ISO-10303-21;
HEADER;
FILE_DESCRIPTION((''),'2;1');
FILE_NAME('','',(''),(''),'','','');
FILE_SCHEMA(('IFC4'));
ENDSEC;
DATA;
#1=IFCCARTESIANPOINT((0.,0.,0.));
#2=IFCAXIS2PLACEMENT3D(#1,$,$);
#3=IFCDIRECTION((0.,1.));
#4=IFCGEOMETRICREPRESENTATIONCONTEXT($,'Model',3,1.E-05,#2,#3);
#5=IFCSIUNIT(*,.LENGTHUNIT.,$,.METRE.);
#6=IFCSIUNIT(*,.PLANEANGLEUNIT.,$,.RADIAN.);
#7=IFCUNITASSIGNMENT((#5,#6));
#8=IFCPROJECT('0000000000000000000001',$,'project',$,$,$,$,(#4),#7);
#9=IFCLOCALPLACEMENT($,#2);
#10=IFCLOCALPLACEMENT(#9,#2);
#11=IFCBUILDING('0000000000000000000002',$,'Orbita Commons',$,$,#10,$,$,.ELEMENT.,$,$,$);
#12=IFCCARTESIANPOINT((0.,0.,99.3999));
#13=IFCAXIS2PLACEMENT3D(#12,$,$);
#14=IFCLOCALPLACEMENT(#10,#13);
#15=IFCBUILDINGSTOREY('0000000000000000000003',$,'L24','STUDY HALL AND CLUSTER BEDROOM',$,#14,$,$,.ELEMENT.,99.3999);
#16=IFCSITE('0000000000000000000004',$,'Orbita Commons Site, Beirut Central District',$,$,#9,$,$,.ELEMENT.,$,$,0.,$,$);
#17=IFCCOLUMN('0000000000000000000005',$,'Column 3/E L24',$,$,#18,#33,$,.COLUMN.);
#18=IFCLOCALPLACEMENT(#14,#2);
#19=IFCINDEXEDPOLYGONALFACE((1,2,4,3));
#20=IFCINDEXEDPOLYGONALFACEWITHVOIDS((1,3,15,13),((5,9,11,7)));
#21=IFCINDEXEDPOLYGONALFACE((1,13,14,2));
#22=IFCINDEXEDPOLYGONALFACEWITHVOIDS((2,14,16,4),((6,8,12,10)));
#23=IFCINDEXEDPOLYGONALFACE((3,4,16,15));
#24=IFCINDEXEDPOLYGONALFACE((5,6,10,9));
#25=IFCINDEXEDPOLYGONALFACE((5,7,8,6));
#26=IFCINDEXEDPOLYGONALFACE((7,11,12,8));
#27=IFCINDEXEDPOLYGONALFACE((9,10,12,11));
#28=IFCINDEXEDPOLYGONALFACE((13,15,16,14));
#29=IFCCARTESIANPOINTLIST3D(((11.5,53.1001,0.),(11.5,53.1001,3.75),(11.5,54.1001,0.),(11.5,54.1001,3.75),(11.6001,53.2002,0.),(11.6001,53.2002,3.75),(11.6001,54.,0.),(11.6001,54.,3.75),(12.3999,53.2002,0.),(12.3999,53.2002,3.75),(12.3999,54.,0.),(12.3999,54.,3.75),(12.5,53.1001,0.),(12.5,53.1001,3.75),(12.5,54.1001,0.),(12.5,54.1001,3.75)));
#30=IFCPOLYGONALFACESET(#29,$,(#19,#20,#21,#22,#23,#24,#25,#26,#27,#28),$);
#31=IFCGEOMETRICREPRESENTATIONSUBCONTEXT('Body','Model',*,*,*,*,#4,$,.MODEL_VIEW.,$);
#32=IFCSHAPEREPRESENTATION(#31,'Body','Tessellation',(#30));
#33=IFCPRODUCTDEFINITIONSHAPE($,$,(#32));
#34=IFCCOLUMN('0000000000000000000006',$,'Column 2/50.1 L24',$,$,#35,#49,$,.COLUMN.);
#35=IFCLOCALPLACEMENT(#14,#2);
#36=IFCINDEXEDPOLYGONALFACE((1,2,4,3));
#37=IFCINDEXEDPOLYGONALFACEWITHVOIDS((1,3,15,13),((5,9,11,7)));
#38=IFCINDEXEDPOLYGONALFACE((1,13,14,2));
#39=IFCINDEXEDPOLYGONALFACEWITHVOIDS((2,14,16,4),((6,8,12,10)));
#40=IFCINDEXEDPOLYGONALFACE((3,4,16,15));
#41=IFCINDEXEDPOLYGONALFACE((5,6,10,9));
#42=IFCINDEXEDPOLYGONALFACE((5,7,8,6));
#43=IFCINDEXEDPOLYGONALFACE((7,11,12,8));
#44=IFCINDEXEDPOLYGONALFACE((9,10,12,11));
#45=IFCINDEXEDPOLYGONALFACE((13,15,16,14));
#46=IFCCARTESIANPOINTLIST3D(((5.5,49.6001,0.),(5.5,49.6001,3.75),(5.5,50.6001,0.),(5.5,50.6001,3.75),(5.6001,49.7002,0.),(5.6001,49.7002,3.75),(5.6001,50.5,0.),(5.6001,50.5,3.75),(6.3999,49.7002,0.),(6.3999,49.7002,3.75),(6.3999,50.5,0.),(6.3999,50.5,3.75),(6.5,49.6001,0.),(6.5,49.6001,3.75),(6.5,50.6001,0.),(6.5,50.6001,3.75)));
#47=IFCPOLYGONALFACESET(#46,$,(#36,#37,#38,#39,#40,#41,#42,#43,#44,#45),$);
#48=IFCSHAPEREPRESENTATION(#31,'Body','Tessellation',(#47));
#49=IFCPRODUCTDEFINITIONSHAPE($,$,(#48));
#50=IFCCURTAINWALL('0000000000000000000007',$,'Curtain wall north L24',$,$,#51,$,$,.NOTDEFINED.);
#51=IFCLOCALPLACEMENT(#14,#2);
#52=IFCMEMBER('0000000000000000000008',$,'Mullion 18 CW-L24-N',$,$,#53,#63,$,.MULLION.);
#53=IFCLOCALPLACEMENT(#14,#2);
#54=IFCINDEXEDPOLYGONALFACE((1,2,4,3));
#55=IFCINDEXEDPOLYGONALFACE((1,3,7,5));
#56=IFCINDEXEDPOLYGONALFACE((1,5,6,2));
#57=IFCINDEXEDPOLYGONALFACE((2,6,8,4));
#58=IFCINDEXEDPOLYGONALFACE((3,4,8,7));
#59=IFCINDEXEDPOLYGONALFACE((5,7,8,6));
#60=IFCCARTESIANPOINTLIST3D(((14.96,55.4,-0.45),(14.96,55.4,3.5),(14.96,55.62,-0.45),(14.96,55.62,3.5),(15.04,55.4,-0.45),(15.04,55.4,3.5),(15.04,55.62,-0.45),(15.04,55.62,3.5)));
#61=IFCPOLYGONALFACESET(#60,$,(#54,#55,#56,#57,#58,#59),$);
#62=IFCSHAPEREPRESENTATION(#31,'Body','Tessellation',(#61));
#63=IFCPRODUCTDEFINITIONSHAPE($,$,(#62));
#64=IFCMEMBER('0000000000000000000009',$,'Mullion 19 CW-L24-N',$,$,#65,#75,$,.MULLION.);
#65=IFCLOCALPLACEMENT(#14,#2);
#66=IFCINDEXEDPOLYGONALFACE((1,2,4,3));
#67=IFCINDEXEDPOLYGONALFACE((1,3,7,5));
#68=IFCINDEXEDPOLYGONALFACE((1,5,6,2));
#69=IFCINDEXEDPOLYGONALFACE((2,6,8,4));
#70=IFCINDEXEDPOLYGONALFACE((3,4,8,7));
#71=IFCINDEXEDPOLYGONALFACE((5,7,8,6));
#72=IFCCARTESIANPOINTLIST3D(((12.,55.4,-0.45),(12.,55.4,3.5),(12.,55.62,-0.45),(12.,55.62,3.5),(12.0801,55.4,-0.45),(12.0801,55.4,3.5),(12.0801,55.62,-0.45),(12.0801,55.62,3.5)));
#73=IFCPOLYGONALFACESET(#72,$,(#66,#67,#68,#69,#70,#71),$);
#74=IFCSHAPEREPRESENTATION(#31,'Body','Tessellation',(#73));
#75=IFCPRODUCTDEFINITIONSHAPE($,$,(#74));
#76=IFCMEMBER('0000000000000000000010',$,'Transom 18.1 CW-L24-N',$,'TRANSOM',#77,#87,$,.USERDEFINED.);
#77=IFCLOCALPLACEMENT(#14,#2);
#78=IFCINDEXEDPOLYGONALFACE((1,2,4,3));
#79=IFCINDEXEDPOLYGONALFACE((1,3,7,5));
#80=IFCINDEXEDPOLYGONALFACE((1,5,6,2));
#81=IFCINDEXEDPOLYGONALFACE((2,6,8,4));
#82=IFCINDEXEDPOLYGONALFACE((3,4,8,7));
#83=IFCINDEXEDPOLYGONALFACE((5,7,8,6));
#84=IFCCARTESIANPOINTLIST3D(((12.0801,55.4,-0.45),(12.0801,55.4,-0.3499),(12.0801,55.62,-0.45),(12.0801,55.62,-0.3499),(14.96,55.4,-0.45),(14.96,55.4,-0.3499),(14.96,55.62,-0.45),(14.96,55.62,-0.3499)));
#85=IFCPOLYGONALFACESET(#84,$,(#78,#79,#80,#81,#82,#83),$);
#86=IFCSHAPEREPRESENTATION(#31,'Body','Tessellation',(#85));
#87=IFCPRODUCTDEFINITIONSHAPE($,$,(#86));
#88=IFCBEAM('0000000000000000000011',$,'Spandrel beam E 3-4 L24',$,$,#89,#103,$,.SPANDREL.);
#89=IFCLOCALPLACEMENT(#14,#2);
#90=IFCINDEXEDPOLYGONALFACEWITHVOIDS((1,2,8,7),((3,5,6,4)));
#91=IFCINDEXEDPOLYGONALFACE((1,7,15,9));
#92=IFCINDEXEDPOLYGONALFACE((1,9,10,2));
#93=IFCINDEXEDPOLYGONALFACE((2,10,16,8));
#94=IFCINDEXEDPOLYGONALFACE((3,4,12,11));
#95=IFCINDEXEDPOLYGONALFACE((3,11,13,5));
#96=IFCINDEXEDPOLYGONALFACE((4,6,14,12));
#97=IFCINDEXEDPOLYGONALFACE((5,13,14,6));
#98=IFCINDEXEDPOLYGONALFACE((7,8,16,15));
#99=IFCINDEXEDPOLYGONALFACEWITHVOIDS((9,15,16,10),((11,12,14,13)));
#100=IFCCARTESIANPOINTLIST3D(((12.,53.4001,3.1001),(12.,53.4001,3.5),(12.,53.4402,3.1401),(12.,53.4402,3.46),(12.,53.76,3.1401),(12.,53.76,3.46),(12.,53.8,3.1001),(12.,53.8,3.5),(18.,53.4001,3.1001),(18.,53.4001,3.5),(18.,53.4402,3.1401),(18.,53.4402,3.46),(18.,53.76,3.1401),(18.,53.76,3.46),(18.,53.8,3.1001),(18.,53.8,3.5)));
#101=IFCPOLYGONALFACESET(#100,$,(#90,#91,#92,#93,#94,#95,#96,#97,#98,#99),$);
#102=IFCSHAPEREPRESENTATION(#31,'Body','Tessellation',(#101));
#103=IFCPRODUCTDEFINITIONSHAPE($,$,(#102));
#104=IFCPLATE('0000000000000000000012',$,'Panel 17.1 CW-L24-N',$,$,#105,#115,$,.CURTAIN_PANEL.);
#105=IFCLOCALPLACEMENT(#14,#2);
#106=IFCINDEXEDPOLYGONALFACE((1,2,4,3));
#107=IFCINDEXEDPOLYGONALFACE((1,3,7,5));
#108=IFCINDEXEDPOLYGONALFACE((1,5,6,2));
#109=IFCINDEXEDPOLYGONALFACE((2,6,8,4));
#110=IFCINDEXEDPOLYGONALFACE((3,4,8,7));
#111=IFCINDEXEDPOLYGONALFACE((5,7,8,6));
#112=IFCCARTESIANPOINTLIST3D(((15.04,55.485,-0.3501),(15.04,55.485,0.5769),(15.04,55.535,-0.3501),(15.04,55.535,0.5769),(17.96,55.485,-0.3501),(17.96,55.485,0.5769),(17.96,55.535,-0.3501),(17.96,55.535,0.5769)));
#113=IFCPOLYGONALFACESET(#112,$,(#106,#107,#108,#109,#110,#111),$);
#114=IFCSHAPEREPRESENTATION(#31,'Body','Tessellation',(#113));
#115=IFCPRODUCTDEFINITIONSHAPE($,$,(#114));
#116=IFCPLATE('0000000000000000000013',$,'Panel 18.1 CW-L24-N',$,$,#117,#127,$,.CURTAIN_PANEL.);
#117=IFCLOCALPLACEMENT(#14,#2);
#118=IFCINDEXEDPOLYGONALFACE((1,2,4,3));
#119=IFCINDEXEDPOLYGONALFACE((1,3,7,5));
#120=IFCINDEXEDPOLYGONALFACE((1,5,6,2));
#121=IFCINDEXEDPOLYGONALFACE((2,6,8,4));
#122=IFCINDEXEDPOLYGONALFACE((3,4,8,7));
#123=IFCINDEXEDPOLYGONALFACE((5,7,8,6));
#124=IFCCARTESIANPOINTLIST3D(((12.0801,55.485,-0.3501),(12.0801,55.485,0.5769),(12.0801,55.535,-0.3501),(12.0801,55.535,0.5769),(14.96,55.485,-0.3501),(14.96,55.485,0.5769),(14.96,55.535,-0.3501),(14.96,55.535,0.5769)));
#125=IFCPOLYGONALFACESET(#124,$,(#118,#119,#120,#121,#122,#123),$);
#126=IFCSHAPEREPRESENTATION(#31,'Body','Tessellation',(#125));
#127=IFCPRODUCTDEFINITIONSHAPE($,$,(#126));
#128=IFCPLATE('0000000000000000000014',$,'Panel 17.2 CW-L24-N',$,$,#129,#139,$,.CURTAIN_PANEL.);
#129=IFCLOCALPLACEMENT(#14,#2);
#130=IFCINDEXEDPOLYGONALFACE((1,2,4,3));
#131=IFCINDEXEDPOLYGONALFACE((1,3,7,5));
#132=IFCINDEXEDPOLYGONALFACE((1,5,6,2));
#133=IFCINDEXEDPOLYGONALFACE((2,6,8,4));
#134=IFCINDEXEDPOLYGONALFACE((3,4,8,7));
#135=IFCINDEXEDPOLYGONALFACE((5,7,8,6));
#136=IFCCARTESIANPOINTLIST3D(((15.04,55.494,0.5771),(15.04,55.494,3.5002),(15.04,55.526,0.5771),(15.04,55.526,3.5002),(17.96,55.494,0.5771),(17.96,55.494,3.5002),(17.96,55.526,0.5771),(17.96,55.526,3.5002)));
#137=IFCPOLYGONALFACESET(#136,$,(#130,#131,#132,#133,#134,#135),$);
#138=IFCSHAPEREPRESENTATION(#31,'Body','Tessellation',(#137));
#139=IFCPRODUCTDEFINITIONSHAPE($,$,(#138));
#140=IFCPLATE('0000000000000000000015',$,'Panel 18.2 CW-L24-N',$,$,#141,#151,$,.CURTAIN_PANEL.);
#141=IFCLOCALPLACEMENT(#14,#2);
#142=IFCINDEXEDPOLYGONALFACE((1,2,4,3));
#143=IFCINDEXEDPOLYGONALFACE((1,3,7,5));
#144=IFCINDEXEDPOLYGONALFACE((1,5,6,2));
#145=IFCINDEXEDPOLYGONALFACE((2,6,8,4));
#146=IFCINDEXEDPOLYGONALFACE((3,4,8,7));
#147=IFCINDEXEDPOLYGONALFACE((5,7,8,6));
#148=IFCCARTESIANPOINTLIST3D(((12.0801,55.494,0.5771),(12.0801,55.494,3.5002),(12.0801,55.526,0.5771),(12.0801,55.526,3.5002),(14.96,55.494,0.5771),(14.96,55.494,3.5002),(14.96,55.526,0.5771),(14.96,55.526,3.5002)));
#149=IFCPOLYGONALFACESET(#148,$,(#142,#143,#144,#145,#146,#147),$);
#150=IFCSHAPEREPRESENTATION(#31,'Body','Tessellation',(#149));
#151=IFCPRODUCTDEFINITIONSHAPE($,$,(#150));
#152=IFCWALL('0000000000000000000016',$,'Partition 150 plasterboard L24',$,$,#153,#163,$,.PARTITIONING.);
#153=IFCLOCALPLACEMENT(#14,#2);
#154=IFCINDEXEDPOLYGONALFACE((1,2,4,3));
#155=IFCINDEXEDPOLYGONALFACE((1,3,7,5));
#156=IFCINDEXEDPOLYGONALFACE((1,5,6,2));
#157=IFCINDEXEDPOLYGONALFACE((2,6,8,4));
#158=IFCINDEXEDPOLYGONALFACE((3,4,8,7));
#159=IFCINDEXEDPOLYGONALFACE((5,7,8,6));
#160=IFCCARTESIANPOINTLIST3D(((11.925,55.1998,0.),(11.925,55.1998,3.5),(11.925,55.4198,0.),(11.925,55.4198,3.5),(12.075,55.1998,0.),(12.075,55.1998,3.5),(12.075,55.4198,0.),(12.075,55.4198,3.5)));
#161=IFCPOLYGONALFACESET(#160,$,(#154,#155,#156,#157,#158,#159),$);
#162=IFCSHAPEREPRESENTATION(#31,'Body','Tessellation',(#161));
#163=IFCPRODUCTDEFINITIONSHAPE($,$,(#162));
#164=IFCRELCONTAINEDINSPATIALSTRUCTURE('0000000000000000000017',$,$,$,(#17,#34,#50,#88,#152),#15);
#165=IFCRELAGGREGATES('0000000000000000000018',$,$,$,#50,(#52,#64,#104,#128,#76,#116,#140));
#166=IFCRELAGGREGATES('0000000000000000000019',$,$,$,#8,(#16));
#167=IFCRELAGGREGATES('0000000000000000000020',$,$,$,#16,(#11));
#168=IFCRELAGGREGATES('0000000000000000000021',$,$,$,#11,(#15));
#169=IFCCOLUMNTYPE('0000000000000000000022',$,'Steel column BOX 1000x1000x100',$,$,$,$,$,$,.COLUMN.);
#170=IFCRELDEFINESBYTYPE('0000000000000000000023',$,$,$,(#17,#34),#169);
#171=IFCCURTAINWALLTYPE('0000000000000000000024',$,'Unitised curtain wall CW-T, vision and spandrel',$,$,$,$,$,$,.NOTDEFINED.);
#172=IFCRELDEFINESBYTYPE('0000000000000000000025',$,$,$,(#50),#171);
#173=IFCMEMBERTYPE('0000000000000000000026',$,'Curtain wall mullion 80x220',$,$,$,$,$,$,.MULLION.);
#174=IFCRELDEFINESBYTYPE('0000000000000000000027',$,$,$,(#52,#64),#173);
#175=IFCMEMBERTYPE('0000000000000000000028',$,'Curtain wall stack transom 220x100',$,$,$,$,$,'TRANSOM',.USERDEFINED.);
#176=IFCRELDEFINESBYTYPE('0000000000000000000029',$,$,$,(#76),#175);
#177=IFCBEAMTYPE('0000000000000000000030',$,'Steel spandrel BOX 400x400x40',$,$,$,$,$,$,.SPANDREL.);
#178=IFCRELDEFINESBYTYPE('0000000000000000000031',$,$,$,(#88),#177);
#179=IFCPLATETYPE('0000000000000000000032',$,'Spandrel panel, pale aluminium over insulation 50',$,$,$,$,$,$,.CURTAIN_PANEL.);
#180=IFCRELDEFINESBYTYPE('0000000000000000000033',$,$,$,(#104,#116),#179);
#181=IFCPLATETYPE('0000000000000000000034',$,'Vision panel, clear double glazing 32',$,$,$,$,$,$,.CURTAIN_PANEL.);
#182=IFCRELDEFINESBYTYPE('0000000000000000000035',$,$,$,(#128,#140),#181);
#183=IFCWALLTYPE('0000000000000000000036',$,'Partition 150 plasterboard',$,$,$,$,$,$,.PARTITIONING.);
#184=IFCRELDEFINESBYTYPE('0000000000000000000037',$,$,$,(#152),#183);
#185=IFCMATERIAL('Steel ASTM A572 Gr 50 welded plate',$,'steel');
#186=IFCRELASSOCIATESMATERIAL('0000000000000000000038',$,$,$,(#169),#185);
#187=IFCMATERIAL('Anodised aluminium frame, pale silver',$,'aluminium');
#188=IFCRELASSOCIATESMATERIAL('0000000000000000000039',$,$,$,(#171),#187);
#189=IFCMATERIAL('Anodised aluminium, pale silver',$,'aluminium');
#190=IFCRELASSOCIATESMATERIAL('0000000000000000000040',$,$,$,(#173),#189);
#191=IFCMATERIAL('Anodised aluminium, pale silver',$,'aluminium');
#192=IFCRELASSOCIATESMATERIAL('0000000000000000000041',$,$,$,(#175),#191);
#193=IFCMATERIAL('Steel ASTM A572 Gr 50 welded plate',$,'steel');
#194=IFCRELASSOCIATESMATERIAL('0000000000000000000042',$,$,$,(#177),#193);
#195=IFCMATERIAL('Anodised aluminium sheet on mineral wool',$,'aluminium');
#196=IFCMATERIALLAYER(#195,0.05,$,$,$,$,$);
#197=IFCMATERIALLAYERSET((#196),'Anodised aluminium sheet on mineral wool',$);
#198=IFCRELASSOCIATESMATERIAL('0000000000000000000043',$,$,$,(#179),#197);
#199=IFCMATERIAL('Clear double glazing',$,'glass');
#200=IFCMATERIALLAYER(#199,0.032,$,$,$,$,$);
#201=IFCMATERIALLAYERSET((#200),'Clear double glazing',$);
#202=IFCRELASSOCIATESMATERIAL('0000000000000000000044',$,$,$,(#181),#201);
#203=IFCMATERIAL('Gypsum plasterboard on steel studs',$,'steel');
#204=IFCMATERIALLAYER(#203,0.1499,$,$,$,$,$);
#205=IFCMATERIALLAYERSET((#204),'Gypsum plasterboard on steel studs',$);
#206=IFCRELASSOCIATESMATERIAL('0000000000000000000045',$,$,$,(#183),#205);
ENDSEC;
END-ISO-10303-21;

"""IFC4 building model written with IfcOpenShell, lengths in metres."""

from ifc_helpers import new_model, si_unit, direction, frame, frame_2d, origin, origin_2d, place, context, subcontext, project, spatial, rectangle, hollow_rectangle, extrude, material, layer, layer_set, material_profile, profile_set, type_object, element, aggregate, save


model = new_model("IFC4")

# Units and contexts
model_context = context("Model", 3, precision=1e-05, world=origin(), true_north=direction((0.0, 1.0)))
body_context = subcontext(model_context, "Body", "Model", "MODEL_VIEW")
ifc_project = project(units=[si_unit("LENGTHUNIT", "METRE"), si_unit("PLANEANGLEUNIT", "RADIAN")], contexts=[model_context])

# Site, building, storey
site_placement = place(None, origin())
site = spatial("IfcSite", under=ifc_project, at=site_placement, Name="Orbita Commons Site, Beirut Central District", CompositionType="ELEMENT", RefElevation=0.0)
building_placement = place(site_placement, origin())
building = spatial("IfcBuilding", under=site, at=building_placement, Name="Orbita Commons", CompositionType="ELEMENT")
storey_placement = place(building_placement, frame((0.0, 0.0, 99.3999)))
storey = spatial("IfcBuildingStorey", under=building, at=storey_placement, Name="L24", Description="STUDY HALL AND CLUSTER BEDROOM", CompositionType="ELEMENT", Elevation=99.3999)

# Columns
ifc_material_1 = material(Name="Steel ASTM A572 Gr 50 welded plate", Category="steel")
ifc_material_profile_1 = material_profile(ifc_material_1, hollow_rectangle(XDim=1.0, YDim=1.0, WallThickness=0.1001, at=origin_2d()), Name="BOX 1000x1000x100")
ifc_profile_set_1 = profile_set([ifc_material_profile_1], Name="Steel ASTM A572 Gr 50 welded plate")
column_type = type_object("IfcColumnType", Name="Steel column BOX 1000x1000x100", PredefinedType="COLUMN", material=ifc_profile_set_1)
for number, where, z_axis, x_axis, name in (
    (1, (12.0, 53.6001, 0.0), (0.0, 0.0, 1.0), (1.0, 0.0, 0.0), "Column 3/E L24"),
    (2, (6.0, 50.1001, 0.0), (0.0, 0.0, 1.0), (1.0, 0.0, 0.0), "Column 2/50.1 L24"),
):
    element("IfcColumn", number, at=place(storey_placement, frame(where, z_axis=z_axis, x_axis=x_axis)), inside=storey, type_object=column_type, Name=name, PredefinedType="COLUMN", context=body_context, shape_type="SweptSolid", body=[
        extrude(hollow_rectangle(XDim=1.0, YDim=1.0, WallThickness=0.1001, at=origin_2d()), origin(), (0.0, 0.0, 1.0), 3.75),
    ])

# Curtain wall, members
ifc_material_2 = material(Name="Anodised aluminium frame, pale silver", Category="aluminium")
curtain_wall_type = type_object("IfcCurtainWallType", Name="Unitised curtain wall CW-T, vision and spandrel", PredefinedType="NOTDEFINED", material=ifc_material_2)
curtain_wall_placement = place(storey_placement, origin())
curtain_wall = element("IfcCurtainWall", 3, at=curtain_wall_placement, inside=storey, type_object=curtain_wall_type, Name="Curtain wall north L24", PredefinedType="NOTDEFINED")
ifc_material_3 = material(Name="Anodised aluminium, pale silver", Category="aluminium")
ifc_material_profile_2 = material_profile(ifc_material_3, rectangle(XDim=0.0801, YDim=0.22, at=origin_2d()), Name="AL 80x220")
ifc_profile_set_2 = profile_set([ifc_material_profile_2], Name="Anodised aluminium, pale silver")
member_type_1 = type_object("IfcMemberType", Name="Curtain wall mullion 80x220", PredefinedType="MULLION", material=ifc_profile_set_2)
member_1_placement = place(storey_placement, frame((15.0, 55.51, -0.45), z_axis=(0.0, 0.0, 1.0), x_axis=(-1.0, 0.0, 0.0)))
member_1 = element("IfcMember", 4, at=member_1_placement, type_object=member_type_1, Name="Mullion 18 CW-L24-N", PredefinedType="MULLION", context=body_context, shape_type="SweptSolid", body=[
    extrude(rectangle(XDim=0.0801, YDim=0.22, at=origin_2d()), origin(), (0.0, 0.0, 1.0), 3.95),
])
member_2_placement = place(storey_placement, frame((12.04, 55.51, -0.45), z_axis=(0.0, 0.0, 1.0), x_axis=(-1.0, 0.0, 0.0)))
member_2 = element("IfcMember", 5, at=member_2_placement, type_object=member_type_1, Name="Mullion 19 CW-L24-N", PredefinedType="MULLION", context=body_context, shape_type="SweptSolid", body=[
    extrude(rectangle(XDim=0.0801, YDim=0.22, at=origin_2d()), origin(), (0.0, 0.0, 1.0), 3.95),
])
ifc_material_4 = material(Name="Anodised aluminium, pale silver", Category="aluminium")
ifc_material_profile_3 = material_profile(ifc_material_4, rectangle(XDim=0.22, YDim=0.1001, at=origin_2d()), Name="AL 220x100")
ifc_profile_set_3 = profile_set([ifc_material_profile_3], Name="Anodised aluminium, pale silver")
member_type_2 = type_object("IfcMemberType", Name="Curtain wall stack transom 220x100", ElementType="TRANSOM", PredefinedType="USERDEFINED", material=ifc_profile_set_3)
member_3_placement = place(storey_placement, frame((14.96, 55.51, -0.3999), z_axis=(-1.0, 0.0, 0.0), x_axis=(0.0, -1.0, 0.0)))
member_3 = element("IfcMember", 6, at=member_3_placement, type_object=member_type_2, Name="Transom 18.1 CW-L24-N", ObjectType="TRANSOM", PredefinedType="USERDEFINED", context=body_context, shape_type="SweptSolid", body=[
    extrude(rectangle(XDim=0.22, YDim=0.1001, at=origin_2d()), origin(), (0.0, 0.0, 1.0), 2.8799),
])

# Beam
ifc_material_5 = material(Name="Steel ASTM A572 Gr 50 welded plate", Category="steel")
ifc_material_profile_4 = material_profile(ifc_material_5, hollow_rectangle(XDim=0.3999, YDim=0.3999, WallThickness=0.04, at=origin_2d()), Name="BOX 400x400x40")
ifc_profile_set_4 = profile_set([ifc_material_profile_4], Name="Steel ASTM A572 Gr 50 welded plate")
beam_type = type_object("IfcBeamType", Name="Steel spandrel BOX 400x400x40", PredefinedType="SPANDREL", material=ifc_profile_set_4)
beam_placement = place(storey_placement, frame((12.0, 53.6001, 3.3), z_axis=(1.0, 0.0, 0.0), x_axis=(0.0, 1.0, 0.0)))
element("IfcBeam", 7, at=beam_placement, inside=storey, type_object=beam_type, Name="Spandrel beam E 3-4 L24", PredefinedType="SPANDREL", context=body_context, shape_type="SweptSolid", body=[
    extrude(hollow_rectangle(XDim=0.3999, YDim=0.3999, WallThickness=0.04, at=origin_2d()), origin(), (0.0, 0.0, 1.0), 6.0),
])

# Plates
ifc_material_6 = material(Name="Anodised aluminium sheet on mineral wool", Category="aluminium")
ifc_layer_1 = layer(ifc_material_6, 0.05)
ifc_layer_set_1 = layer_set([ifc_layer_1], Name="Anodised aluminium sheet on mineral wool")
plate_type_1 = type_object("IfcPlateType", Name="Spandrel panel, pale aluminium over insulation 50", PredefinedType="CURTAIN_PANEL", material=ifc_layer_set_1)
plate_1_placement = place(storey_placement, frame((16.5, 55.51, -0.3501), z_axis=(0.0, 0.0, 1.0), x_axis=(-1.0, 0.0, 0.0)))
plate_1 = element("IfcPlate", 8, at=plate_1_placement, type_object=plate_type_1, Name="Panel 17.1 CW-L24-N", PredefinedType="CURTAIN_PANEL", context=body_context, shape_type="SweptSolid", body=[
    extrude(rectangle(XDim=2.9199, YDim=0.05, at=origin_2d()), origin(), (0.0, 0.0, 1.0), 0.927),
])
plate_2_placement = place(storey_placement, frame((13.52, 55.51, -0.3501), z_axis=(0.0, 0.0, 1.0), x_axis=(-1.0, 0.0, 0.0)))
plate_2 = element("IfcPlate", 9, at=plate_2_placement, type_object=plate_type_1, Name="Panel 18.1 CW-L24-N", PredefinedType="CURTAIN_PANEL", context=body_context, shape_type="SweptSolid", body=[
    extrude(rectangle(XDim=2.8799, YDim=0.05, at=origin_2d()), origin(), (0.0, 0.0, 1.0), 0.927),
])
ifc_material_7 = material(Name="Clear double glazing", Category="glass")
ifc_layer_2 = layer(ifc_material_7, 0.032)
ifc_layer_set_2 = layer_set([ifc_layer_2], Name="Clear double glazing")
plate_type_2 = type_object("IfcPlateType", Name="Vision panel, clear double glazing 32", PredefinedType="CURTAIN_PANEL", material=ifc_layer_set_2)
plate_3_placement = place(storey_placement, frame((16.5, 55.51, 0.5771), z_axis=(0.0, 0.0, 1.0), x_axis=(-1.0, 0.0, 0.0)))
plate_3 = element("IfcPlate", 10, at=plate_3_placement, type_object=plate_type_2, Name="Panel 17.2 CW-L24-N", PredefinedType="CURTAIN_PANEL", context=body_context, shape_type="SweptSolid", body=[
    extrude(rectangle(XDim=2.9199, YDim=0.032, at=origin_2d()), origin(), (0.0, 0.0, 1.0), 2.9231),
])
plate_4_placement = place(storey_placement, frame((13.52, 55.51, 0.5771), z_axis=(0.0, 0.0, 1.0), x_axis=(-1.0, 0.0, 0.0)))
plate_4 = element("IfcPlate", 11, at=plate_4_placement, type_object=plate_type_2, Name="Panel 18.2 CW-L24-N", PredefinedType="CURTAIN_PANEL", context=body_context, shape_type="SweptSolid", body=[
    extrude(rectangle(XDim=2.8799, YDim=0.032, at=origin_2d()), origin(), (0.0, 0.0, 1.0), 2.9231),
])
aggregate(curtain_wall, [member_1, member_2, plate_1, plate_3, member_3, plate_2, plate_4])

# Wall
ifc_material_8 = material(Name="Gypsum plasterboard on steel studs", Category="steel")
ifc_layer_3 = layer(ifc_material_8, 0.1499)
ifc_layer_set_3 = layer_set([ifc_layer_3], Name="Gypsum plasterboard on steel studs")
wall_type_1 = type_object("IfcWallType", Name="Partition 150 plasterboard", PredefinedType="PARTITIONING", material=ifc_layer_set_3)
wall_1_placement = place(storey_placement, frame((12.0, 55.2, 0.0), z_axis=(0.0, 0.0, 1.0), x_axis=(0.0, 1.0, 0.0)))
element("IfcWall", 12, at=wall_1_placement, inside=storey, type_object=wall_type_1, Name="Partition 150 plasterboard L24", PredefinedType="PARTITIONING", context=body_context, shape_type="SweptSolid", body=[
    extrude(rectangle(XDim=0.22, YDim=0.1499, at=frame_2d((0.1099, 0.0))), origin(), (0.0, 0.0, 1.0), 3.5),
])

save(model, "model.ifc")
